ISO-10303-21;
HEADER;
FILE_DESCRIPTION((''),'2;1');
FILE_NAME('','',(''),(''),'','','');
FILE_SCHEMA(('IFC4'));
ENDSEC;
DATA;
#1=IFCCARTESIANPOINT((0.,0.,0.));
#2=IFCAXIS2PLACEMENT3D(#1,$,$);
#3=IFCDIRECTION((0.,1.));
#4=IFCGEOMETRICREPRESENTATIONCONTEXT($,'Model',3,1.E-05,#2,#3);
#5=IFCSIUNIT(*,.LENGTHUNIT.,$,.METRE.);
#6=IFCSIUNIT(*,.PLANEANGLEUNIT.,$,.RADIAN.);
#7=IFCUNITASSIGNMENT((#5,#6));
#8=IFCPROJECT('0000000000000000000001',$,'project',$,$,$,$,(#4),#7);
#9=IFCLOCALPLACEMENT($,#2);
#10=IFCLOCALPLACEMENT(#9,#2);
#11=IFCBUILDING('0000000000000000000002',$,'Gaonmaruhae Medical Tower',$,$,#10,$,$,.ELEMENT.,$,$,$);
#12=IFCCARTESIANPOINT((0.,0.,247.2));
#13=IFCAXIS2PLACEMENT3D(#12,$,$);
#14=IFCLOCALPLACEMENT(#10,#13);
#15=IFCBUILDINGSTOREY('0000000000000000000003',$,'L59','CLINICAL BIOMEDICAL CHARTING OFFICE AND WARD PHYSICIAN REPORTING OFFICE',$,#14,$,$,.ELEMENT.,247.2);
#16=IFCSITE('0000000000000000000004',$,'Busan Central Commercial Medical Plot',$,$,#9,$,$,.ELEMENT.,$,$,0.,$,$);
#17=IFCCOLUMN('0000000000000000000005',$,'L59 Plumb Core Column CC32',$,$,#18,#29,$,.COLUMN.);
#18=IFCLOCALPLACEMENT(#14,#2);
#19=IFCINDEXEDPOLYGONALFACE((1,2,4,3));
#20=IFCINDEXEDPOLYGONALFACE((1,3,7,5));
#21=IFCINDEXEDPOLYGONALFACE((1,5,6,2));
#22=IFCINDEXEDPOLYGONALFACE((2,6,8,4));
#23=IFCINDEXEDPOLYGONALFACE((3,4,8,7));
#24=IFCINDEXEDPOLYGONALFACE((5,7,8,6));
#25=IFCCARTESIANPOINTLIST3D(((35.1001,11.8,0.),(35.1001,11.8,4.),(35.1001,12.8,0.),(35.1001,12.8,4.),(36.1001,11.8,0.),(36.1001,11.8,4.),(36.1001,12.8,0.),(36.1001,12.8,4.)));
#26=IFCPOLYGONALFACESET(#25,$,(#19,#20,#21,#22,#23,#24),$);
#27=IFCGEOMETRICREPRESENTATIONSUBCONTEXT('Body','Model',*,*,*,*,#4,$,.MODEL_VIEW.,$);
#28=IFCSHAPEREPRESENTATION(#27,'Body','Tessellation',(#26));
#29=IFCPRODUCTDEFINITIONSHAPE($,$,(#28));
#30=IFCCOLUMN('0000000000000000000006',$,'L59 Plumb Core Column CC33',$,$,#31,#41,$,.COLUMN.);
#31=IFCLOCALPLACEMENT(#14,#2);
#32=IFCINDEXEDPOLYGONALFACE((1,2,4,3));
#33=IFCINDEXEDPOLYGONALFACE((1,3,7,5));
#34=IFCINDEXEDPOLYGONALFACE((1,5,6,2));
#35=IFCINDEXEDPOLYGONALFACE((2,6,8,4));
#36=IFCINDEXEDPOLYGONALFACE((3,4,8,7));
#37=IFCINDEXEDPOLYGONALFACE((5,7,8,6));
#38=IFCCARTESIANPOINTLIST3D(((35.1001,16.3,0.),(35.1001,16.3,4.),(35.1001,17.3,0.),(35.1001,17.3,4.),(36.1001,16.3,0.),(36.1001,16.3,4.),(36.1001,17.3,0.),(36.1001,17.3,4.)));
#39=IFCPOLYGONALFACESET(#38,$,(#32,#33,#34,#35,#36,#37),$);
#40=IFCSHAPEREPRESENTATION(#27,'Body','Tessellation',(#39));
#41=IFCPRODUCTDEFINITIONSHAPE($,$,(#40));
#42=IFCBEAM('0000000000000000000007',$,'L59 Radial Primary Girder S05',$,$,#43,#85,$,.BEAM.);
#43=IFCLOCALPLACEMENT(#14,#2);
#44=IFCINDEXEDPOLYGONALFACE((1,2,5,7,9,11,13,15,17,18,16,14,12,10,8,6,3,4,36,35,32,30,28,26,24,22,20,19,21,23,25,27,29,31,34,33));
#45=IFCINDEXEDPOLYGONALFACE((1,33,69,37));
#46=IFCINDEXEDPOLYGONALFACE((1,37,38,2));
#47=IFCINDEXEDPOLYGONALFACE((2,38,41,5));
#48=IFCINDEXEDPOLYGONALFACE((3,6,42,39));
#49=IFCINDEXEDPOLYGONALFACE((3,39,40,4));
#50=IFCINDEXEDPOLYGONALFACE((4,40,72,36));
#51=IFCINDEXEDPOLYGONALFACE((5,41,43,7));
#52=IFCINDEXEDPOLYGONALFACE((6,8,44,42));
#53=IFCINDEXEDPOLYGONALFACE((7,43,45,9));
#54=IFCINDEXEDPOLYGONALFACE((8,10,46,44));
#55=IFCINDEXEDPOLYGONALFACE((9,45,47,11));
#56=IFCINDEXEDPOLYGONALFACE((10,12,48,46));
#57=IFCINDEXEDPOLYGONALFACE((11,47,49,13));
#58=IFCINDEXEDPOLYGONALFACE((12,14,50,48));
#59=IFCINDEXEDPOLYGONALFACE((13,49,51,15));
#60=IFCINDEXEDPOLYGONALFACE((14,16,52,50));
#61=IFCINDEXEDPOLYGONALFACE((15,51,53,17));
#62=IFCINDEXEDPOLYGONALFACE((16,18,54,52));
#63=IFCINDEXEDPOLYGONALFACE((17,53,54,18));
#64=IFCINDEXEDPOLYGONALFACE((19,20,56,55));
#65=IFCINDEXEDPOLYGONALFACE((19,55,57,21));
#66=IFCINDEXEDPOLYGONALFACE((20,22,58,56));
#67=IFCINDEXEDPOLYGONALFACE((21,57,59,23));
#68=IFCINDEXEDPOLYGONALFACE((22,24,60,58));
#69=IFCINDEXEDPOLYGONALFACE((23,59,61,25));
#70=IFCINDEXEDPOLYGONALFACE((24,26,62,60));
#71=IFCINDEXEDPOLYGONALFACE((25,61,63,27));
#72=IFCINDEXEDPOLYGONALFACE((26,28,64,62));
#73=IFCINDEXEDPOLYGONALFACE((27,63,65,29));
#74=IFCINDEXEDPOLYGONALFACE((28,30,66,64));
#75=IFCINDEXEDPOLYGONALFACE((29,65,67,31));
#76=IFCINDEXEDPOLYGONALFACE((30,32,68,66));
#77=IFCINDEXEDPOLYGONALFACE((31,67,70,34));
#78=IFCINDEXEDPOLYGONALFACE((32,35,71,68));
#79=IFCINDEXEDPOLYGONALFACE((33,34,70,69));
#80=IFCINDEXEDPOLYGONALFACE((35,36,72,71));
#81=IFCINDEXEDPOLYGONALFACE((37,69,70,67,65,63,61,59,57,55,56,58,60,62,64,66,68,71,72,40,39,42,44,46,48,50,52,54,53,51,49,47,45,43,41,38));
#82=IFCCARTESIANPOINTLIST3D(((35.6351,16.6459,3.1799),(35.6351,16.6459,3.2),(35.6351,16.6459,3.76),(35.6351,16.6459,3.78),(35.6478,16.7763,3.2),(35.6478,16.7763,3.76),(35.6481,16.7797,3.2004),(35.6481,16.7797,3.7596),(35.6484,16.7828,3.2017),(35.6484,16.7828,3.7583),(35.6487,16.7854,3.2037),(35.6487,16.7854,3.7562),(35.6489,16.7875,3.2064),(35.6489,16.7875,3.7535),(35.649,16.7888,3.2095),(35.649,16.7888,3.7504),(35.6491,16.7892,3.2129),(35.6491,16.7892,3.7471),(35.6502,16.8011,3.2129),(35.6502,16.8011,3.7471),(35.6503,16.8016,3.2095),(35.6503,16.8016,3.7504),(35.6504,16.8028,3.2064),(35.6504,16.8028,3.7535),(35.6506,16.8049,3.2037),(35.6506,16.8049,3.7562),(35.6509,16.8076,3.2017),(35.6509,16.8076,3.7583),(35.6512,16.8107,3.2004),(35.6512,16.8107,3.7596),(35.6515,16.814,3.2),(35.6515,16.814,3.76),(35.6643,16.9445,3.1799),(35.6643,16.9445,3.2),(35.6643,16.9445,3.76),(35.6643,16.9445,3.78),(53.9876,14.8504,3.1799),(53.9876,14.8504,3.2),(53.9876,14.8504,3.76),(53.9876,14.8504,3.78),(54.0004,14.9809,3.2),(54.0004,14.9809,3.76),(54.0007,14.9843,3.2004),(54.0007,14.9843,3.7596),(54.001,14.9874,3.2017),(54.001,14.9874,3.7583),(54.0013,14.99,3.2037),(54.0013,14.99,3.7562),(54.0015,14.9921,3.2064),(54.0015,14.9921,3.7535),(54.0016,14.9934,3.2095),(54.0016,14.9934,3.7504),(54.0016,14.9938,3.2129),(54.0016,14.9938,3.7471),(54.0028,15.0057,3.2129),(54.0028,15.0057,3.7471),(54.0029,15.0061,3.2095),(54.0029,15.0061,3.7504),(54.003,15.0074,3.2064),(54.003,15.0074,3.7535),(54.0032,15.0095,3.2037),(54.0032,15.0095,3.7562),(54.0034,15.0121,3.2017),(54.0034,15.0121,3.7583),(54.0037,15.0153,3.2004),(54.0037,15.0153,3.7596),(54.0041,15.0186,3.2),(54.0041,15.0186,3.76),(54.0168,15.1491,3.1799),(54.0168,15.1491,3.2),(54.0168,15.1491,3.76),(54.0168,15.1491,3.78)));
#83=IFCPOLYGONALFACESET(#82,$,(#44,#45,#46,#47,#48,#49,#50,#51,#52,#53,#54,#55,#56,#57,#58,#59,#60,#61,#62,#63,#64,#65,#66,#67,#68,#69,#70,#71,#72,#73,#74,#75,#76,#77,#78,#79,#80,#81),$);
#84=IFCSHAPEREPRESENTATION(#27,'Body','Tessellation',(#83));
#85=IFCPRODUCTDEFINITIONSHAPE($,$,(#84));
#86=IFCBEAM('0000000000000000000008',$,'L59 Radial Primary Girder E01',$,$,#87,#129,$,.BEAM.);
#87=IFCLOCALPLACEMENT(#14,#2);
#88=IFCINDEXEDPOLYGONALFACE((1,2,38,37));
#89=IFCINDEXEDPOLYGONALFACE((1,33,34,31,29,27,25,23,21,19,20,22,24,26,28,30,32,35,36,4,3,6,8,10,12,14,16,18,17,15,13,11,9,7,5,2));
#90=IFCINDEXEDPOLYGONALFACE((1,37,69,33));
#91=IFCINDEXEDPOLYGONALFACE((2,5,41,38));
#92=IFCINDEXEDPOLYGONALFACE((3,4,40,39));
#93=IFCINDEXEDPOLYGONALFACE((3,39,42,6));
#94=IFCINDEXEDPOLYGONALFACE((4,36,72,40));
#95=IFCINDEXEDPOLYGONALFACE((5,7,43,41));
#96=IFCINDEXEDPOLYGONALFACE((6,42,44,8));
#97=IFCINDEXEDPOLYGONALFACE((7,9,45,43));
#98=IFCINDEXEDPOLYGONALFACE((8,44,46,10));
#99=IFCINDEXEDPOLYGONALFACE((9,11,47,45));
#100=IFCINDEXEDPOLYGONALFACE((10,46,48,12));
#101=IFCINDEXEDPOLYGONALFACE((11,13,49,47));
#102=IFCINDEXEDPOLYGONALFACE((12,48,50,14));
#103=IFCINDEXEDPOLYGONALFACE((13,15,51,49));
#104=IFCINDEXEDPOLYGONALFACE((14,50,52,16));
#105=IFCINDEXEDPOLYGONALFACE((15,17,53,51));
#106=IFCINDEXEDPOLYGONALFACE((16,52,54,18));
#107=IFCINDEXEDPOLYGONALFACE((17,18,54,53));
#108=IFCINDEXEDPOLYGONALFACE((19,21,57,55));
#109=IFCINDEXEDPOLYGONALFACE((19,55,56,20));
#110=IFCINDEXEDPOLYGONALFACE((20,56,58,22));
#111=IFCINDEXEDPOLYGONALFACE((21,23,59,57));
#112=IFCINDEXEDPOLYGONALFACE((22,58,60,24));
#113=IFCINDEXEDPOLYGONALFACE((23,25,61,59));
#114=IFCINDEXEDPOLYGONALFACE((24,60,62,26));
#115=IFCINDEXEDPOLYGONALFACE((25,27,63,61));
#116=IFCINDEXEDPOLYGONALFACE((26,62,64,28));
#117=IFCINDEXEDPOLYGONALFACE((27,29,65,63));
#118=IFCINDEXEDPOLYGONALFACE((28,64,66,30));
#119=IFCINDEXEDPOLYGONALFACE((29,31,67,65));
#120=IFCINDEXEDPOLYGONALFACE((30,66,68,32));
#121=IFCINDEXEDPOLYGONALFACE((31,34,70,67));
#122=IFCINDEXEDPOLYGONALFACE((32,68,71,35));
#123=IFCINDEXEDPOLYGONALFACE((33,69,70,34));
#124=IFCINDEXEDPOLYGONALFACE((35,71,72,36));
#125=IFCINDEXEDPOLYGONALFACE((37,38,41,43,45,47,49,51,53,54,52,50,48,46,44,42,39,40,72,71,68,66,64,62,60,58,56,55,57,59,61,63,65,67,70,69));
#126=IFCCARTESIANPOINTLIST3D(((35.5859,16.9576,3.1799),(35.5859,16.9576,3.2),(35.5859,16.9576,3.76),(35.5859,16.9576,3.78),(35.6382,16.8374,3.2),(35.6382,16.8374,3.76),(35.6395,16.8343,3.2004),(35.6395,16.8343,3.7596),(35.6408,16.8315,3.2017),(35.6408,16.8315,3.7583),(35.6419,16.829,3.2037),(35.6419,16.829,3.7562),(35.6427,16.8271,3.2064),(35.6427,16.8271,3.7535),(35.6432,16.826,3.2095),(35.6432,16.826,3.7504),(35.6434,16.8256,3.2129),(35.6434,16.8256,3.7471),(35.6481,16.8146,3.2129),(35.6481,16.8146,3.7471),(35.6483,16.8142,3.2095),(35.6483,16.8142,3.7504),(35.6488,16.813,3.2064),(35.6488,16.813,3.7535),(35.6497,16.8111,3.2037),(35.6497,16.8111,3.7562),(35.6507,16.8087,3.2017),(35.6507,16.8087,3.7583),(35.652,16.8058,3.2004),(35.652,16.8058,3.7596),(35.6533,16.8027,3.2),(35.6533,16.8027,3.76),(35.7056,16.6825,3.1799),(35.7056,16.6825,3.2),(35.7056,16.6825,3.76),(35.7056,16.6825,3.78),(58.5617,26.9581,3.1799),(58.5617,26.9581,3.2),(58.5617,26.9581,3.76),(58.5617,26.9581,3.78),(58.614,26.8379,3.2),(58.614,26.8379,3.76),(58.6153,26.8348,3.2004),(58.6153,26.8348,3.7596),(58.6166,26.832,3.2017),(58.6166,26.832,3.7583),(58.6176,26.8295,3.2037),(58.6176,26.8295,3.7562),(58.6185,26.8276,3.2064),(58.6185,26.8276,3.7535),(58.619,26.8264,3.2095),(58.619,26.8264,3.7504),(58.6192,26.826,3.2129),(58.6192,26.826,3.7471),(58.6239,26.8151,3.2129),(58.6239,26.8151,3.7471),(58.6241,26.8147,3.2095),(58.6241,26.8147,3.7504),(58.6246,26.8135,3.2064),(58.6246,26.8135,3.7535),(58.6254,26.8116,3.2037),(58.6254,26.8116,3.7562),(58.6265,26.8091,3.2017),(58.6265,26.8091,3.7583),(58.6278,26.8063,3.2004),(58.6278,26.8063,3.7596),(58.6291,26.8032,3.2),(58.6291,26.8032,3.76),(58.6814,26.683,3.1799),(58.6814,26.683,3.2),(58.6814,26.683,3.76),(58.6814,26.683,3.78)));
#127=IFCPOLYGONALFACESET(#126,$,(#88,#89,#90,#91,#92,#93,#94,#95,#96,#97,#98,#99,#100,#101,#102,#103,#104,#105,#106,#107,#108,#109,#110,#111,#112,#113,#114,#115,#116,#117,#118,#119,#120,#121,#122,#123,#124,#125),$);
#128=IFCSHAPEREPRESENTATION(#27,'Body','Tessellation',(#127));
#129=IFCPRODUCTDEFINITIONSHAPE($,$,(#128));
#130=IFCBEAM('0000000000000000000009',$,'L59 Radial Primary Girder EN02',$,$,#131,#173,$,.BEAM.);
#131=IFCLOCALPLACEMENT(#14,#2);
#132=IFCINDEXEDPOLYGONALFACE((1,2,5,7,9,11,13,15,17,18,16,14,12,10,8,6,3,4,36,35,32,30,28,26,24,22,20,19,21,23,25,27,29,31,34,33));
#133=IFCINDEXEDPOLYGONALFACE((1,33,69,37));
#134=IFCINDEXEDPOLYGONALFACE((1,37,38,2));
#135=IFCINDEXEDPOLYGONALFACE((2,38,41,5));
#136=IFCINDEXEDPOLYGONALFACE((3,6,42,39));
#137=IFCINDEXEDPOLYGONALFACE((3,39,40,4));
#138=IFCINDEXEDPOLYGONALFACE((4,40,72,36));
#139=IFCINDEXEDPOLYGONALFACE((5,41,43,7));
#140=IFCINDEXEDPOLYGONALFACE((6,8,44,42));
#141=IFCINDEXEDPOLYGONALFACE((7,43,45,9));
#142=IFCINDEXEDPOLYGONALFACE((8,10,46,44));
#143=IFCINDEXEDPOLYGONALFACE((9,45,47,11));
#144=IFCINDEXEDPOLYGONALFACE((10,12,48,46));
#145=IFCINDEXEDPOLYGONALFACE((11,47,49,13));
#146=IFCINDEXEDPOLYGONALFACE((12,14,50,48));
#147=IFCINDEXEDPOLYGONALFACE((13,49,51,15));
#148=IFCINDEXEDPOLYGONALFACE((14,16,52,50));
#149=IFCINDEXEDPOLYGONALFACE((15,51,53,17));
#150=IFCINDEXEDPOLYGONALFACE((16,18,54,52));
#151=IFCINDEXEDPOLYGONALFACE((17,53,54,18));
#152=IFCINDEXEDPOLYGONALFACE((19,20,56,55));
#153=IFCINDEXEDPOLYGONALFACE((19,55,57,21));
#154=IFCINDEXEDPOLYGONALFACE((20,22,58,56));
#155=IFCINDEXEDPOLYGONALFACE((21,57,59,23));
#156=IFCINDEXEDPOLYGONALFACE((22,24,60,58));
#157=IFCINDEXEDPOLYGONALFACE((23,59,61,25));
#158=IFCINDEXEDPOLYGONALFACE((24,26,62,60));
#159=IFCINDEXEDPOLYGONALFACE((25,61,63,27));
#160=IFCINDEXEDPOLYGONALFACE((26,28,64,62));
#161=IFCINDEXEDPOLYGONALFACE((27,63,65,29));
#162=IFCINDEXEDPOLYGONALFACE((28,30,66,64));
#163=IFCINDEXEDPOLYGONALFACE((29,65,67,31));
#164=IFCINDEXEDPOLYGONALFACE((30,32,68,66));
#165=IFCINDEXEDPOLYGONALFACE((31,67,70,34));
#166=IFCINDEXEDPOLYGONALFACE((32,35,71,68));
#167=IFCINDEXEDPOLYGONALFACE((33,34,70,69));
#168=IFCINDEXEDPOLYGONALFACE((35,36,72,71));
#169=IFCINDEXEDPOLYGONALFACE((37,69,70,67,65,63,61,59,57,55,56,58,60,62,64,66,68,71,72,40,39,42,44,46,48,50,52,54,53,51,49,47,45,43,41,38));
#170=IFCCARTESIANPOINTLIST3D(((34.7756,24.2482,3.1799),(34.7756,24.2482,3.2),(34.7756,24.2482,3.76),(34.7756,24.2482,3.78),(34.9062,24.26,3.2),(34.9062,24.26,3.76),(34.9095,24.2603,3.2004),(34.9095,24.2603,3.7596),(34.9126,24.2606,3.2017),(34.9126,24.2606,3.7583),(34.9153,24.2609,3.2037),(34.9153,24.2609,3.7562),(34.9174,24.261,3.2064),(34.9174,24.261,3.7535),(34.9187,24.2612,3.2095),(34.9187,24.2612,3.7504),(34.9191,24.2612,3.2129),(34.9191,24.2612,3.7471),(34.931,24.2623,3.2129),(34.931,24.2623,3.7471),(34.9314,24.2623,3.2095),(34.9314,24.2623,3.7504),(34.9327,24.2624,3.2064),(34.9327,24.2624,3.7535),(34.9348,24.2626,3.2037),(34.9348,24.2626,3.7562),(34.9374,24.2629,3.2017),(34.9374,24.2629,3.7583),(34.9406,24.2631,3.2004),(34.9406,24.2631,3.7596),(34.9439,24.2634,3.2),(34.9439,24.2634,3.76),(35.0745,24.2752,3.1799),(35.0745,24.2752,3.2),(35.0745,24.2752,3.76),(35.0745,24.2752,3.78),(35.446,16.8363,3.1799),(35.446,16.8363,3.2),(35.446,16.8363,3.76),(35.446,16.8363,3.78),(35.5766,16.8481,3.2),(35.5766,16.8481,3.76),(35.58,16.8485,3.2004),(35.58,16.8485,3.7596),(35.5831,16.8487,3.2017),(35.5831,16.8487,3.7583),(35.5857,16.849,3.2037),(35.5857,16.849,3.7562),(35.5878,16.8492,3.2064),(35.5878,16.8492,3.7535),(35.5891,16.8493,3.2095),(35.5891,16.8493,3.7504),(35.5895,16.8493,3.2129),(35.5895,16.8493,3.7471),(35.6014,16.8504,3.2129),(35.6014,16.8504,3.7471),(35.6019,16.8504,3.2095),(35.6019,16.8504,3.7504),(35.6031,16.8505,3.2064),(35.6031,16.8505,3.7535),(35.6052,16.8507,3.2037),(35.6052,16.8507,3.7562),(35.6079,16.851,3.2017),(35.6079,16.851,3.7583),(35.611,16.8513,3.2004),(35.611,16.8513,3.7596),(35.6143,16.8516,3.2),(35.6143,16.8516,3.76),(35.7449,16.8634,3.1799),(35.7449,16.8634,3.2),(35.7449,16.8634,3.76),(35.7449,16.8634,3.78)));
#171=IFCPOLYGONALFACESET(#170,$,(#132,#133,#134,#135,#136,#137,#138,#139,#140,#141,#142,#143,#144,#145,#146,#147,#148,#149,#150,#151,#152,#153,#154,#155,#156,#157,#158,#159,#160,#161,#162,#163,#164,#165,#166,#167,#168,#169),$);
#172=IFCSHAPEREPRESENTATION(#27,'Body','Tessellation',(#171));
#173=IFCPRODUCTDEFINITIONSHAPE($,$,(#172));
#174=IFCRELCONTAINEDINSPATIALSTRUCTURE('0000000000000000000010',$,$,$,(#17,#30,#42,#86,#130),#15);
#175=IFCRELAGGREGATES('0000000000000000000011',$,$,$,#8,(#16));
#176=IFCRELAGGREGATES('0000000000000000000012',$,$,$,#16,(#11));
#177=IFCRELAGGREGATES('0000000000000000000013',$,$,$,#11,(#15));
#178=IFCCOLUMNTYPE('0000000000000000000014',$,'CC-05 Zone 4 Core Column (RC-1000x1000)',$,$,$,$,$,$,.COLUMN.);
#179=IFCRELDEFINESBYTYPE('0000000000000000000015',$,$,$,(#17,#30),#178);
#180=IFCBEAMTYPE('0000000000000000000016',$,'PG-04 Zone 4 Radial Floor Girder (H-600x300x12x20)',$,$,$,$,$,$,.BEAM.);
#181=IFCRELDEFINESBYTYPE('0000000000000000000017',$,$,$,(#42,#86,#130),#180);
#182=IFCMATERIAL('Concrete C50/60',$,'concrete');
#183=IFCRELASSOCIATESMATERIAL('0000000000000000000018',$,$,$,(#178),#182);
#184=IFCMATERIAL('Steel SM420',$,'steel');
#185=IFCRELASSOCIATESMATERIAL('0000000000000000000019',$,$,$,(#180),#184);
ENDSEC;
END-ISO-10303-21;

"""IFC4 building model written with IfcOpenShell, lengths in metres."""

from ifc_helpers import new_model, si_unit, direction, frame, origin, origin_2d, place, context, subcontext, project, spatial, rectangle, i_section, extrude, material, material_profile, profile_set, type_object, element, save


model = new_model("IFC4")

# Units and contexts
model_context = context("Model", 3, precision=1e-05, world=origin(), true_north=direction((0.0, 1.0)))
body_context = subcontext(model_context, "Body", "Model", "MODEL_VIEW")
ifc_project = project(units=[si_unit("LENGTHUNIT", "METRE"), si_unit("PLANEANGLEUNIT", "RADIAN")], contexts=[model_context])

# Site, building, storey
site_placement = place(None, origin())
site = spatial("IfcSite", under=ifc_project, at=site_placement, Name="Busan Central Commercial Medical Plot", CompositionType="ELEMENT", RefElevation=0.0)
building_placement = place(site_placement, origin())
building = spatial("IfcBuilding", under=site, at=building_placement, Name="Gaonmaruhae Medical Tower", CompositionType="ELEMENT")
storey_placement = place(building_placement, frame((0.0, 0.0, 247.2)))
storey = spatial("IfcBuildingStorey", under=building, at=storey_placement, Name="L59", Description="CLINICAL BIOMEDICAL CHARTING OFFICE AND WARD PHYSICIAN REPORTING OFFICE", CompositionType="ELEMENT", Elevation=247.2)

# Columns
ifc_material_1 = material(Name="Concrete C50/60", Category="concrete")
ifc_material_profile_1 = material_profile(ifc_material_1, rectangle(XDim=1.0, YDim=1.0, at=origin_2d()), Name="RC-1000x1000")
ifc_profile_set_1 = profile_set([ifc_material_profile_1], Name="Concrete C50/60")
column_type = type_object("IfcColumnType", Name="CC-05 Zone 4 Core Column (RC-1000x1000)", PredefinedType="COLUMN", material=ifc_profile_set_1)
for number, where, z_axis, x_axis, name in (
    (1, (35.6001, 12.3, 0.0), (0.0, 0.0, 1.0), (1.0, 0.0, 0.0), "L59 Plumb Core Column CC32"),
    (2, (35.6001, 16.8, 0.0), (0.0, 0.0, 1.0), (1.0, 0.0, 0.0), "L59 Plumb Core Column CC33"),
):
    element("IfcColumn", number, at=place(storey_placement, frame(where, z_axis=z_axis, x_axis=x_axis)), inside=storey, type_object=column_type, Name=name, PredefinedType="COLUMN", context=body_context, shape_type="SweptSolid", body=[
        extrude(rectangle(XDim=1.0, YDim=1.0, at=origin_2d()), origin(), (0.0, 0.0, 1.0), 4.0),
    ])

# Beams
ifc_material_2 = material(Name="Steel SM420", Category="steel")
ifc_material_profile_2 = material_profile(ifc_material_2, i_section(OverallWidth=0.3, OverallDepth=0.6001, WebThickness=0.012, FlangeThickness=0.02, FilletRadius=0.0129, at=origin_2d()), Name="H-600x300x12x20")
ifc_profile_set_2 = profile_set([ifc_material_profile_2], Name="Steel SM420")
beam_type_1 = type_object("IfcBeamType", Name="PG-04 Zone 4 Radial Floor Girder (H-600x300x12x20)", PredefinedType="BEAM", material=ifc_profile_set_2)
beam_1_placement = place(storey_placement, frame((35.6497, 16.7952, 3.48), z_axis=(0.995249, -0.097364, 0.0), x_axis=(0.097364, 0.995249, 0.0)))
element("IfcBeam", 3, at=beam_1_placement, inside=storey, type_object=beam_type_1, Name="L59 Radial Primary Girder S05", PredefinedType="BEAM", context=body_context, shape_type="SweptSolid", body=[
    extrude(i_section(OverallWidth=0.3, OverallDepth=0.6001, WebThickness=0.012, FlangeThickness=0.02, FilletRadius=0.0129, at=origin_2d()), origin(), (0.0, 0.0, 1.0), 18.4402),
])
beam_2_placement = place(storey_placement, frame((35.6458, 16.8201, 3.48), z_axis=(0.91691, 0.399095, 0.0), x_axis=(-0.399095, 0.91691, 0.0)))
element("IfcBeam", 4, at=beam_2_placement, inside=storey, type_object=beam_type_1, Name="L59 Radial Primary Girder E01", PredefinedType="BEAM", context=body_context, shape_type="SweptSolid", body=[
    extrude(i_section(OverallWidth=0.3, OverallDepth=0.6001, WebThickness=0.012, FlangeThickness=0.02, FilletRadius=0.0129, at=origin_2d()), origin(), (0.0, 0.0, 1.0), 25.0579),
])
beam_3_placement = place(storey_placement, frame((35.5955, 16.8499, 3.48), z_axis=(-0.090083, 0.995934, 0.0), x_axis=(-0.995934, -0.090083, 0.0)))
element("IfcBeam", 5, at=beam_3_placement, inside=storey, type_object=beam_type_1, Name="L59 Radial Primary Girder EN02", PredefinedType="BEAM", context=body_context, shape_type="SweptSolid", body=[
    extrude(i_section(OverallWidth=0.3, OverallDepth=0.6001, WebThickness=0.012, FlangeThickness=0.02, FilletRadius=0.0129, at=origin_2d()), origin(), (0.0, 0.0, 1.0), 7.4421),
])

save(model, "model.ifc")
